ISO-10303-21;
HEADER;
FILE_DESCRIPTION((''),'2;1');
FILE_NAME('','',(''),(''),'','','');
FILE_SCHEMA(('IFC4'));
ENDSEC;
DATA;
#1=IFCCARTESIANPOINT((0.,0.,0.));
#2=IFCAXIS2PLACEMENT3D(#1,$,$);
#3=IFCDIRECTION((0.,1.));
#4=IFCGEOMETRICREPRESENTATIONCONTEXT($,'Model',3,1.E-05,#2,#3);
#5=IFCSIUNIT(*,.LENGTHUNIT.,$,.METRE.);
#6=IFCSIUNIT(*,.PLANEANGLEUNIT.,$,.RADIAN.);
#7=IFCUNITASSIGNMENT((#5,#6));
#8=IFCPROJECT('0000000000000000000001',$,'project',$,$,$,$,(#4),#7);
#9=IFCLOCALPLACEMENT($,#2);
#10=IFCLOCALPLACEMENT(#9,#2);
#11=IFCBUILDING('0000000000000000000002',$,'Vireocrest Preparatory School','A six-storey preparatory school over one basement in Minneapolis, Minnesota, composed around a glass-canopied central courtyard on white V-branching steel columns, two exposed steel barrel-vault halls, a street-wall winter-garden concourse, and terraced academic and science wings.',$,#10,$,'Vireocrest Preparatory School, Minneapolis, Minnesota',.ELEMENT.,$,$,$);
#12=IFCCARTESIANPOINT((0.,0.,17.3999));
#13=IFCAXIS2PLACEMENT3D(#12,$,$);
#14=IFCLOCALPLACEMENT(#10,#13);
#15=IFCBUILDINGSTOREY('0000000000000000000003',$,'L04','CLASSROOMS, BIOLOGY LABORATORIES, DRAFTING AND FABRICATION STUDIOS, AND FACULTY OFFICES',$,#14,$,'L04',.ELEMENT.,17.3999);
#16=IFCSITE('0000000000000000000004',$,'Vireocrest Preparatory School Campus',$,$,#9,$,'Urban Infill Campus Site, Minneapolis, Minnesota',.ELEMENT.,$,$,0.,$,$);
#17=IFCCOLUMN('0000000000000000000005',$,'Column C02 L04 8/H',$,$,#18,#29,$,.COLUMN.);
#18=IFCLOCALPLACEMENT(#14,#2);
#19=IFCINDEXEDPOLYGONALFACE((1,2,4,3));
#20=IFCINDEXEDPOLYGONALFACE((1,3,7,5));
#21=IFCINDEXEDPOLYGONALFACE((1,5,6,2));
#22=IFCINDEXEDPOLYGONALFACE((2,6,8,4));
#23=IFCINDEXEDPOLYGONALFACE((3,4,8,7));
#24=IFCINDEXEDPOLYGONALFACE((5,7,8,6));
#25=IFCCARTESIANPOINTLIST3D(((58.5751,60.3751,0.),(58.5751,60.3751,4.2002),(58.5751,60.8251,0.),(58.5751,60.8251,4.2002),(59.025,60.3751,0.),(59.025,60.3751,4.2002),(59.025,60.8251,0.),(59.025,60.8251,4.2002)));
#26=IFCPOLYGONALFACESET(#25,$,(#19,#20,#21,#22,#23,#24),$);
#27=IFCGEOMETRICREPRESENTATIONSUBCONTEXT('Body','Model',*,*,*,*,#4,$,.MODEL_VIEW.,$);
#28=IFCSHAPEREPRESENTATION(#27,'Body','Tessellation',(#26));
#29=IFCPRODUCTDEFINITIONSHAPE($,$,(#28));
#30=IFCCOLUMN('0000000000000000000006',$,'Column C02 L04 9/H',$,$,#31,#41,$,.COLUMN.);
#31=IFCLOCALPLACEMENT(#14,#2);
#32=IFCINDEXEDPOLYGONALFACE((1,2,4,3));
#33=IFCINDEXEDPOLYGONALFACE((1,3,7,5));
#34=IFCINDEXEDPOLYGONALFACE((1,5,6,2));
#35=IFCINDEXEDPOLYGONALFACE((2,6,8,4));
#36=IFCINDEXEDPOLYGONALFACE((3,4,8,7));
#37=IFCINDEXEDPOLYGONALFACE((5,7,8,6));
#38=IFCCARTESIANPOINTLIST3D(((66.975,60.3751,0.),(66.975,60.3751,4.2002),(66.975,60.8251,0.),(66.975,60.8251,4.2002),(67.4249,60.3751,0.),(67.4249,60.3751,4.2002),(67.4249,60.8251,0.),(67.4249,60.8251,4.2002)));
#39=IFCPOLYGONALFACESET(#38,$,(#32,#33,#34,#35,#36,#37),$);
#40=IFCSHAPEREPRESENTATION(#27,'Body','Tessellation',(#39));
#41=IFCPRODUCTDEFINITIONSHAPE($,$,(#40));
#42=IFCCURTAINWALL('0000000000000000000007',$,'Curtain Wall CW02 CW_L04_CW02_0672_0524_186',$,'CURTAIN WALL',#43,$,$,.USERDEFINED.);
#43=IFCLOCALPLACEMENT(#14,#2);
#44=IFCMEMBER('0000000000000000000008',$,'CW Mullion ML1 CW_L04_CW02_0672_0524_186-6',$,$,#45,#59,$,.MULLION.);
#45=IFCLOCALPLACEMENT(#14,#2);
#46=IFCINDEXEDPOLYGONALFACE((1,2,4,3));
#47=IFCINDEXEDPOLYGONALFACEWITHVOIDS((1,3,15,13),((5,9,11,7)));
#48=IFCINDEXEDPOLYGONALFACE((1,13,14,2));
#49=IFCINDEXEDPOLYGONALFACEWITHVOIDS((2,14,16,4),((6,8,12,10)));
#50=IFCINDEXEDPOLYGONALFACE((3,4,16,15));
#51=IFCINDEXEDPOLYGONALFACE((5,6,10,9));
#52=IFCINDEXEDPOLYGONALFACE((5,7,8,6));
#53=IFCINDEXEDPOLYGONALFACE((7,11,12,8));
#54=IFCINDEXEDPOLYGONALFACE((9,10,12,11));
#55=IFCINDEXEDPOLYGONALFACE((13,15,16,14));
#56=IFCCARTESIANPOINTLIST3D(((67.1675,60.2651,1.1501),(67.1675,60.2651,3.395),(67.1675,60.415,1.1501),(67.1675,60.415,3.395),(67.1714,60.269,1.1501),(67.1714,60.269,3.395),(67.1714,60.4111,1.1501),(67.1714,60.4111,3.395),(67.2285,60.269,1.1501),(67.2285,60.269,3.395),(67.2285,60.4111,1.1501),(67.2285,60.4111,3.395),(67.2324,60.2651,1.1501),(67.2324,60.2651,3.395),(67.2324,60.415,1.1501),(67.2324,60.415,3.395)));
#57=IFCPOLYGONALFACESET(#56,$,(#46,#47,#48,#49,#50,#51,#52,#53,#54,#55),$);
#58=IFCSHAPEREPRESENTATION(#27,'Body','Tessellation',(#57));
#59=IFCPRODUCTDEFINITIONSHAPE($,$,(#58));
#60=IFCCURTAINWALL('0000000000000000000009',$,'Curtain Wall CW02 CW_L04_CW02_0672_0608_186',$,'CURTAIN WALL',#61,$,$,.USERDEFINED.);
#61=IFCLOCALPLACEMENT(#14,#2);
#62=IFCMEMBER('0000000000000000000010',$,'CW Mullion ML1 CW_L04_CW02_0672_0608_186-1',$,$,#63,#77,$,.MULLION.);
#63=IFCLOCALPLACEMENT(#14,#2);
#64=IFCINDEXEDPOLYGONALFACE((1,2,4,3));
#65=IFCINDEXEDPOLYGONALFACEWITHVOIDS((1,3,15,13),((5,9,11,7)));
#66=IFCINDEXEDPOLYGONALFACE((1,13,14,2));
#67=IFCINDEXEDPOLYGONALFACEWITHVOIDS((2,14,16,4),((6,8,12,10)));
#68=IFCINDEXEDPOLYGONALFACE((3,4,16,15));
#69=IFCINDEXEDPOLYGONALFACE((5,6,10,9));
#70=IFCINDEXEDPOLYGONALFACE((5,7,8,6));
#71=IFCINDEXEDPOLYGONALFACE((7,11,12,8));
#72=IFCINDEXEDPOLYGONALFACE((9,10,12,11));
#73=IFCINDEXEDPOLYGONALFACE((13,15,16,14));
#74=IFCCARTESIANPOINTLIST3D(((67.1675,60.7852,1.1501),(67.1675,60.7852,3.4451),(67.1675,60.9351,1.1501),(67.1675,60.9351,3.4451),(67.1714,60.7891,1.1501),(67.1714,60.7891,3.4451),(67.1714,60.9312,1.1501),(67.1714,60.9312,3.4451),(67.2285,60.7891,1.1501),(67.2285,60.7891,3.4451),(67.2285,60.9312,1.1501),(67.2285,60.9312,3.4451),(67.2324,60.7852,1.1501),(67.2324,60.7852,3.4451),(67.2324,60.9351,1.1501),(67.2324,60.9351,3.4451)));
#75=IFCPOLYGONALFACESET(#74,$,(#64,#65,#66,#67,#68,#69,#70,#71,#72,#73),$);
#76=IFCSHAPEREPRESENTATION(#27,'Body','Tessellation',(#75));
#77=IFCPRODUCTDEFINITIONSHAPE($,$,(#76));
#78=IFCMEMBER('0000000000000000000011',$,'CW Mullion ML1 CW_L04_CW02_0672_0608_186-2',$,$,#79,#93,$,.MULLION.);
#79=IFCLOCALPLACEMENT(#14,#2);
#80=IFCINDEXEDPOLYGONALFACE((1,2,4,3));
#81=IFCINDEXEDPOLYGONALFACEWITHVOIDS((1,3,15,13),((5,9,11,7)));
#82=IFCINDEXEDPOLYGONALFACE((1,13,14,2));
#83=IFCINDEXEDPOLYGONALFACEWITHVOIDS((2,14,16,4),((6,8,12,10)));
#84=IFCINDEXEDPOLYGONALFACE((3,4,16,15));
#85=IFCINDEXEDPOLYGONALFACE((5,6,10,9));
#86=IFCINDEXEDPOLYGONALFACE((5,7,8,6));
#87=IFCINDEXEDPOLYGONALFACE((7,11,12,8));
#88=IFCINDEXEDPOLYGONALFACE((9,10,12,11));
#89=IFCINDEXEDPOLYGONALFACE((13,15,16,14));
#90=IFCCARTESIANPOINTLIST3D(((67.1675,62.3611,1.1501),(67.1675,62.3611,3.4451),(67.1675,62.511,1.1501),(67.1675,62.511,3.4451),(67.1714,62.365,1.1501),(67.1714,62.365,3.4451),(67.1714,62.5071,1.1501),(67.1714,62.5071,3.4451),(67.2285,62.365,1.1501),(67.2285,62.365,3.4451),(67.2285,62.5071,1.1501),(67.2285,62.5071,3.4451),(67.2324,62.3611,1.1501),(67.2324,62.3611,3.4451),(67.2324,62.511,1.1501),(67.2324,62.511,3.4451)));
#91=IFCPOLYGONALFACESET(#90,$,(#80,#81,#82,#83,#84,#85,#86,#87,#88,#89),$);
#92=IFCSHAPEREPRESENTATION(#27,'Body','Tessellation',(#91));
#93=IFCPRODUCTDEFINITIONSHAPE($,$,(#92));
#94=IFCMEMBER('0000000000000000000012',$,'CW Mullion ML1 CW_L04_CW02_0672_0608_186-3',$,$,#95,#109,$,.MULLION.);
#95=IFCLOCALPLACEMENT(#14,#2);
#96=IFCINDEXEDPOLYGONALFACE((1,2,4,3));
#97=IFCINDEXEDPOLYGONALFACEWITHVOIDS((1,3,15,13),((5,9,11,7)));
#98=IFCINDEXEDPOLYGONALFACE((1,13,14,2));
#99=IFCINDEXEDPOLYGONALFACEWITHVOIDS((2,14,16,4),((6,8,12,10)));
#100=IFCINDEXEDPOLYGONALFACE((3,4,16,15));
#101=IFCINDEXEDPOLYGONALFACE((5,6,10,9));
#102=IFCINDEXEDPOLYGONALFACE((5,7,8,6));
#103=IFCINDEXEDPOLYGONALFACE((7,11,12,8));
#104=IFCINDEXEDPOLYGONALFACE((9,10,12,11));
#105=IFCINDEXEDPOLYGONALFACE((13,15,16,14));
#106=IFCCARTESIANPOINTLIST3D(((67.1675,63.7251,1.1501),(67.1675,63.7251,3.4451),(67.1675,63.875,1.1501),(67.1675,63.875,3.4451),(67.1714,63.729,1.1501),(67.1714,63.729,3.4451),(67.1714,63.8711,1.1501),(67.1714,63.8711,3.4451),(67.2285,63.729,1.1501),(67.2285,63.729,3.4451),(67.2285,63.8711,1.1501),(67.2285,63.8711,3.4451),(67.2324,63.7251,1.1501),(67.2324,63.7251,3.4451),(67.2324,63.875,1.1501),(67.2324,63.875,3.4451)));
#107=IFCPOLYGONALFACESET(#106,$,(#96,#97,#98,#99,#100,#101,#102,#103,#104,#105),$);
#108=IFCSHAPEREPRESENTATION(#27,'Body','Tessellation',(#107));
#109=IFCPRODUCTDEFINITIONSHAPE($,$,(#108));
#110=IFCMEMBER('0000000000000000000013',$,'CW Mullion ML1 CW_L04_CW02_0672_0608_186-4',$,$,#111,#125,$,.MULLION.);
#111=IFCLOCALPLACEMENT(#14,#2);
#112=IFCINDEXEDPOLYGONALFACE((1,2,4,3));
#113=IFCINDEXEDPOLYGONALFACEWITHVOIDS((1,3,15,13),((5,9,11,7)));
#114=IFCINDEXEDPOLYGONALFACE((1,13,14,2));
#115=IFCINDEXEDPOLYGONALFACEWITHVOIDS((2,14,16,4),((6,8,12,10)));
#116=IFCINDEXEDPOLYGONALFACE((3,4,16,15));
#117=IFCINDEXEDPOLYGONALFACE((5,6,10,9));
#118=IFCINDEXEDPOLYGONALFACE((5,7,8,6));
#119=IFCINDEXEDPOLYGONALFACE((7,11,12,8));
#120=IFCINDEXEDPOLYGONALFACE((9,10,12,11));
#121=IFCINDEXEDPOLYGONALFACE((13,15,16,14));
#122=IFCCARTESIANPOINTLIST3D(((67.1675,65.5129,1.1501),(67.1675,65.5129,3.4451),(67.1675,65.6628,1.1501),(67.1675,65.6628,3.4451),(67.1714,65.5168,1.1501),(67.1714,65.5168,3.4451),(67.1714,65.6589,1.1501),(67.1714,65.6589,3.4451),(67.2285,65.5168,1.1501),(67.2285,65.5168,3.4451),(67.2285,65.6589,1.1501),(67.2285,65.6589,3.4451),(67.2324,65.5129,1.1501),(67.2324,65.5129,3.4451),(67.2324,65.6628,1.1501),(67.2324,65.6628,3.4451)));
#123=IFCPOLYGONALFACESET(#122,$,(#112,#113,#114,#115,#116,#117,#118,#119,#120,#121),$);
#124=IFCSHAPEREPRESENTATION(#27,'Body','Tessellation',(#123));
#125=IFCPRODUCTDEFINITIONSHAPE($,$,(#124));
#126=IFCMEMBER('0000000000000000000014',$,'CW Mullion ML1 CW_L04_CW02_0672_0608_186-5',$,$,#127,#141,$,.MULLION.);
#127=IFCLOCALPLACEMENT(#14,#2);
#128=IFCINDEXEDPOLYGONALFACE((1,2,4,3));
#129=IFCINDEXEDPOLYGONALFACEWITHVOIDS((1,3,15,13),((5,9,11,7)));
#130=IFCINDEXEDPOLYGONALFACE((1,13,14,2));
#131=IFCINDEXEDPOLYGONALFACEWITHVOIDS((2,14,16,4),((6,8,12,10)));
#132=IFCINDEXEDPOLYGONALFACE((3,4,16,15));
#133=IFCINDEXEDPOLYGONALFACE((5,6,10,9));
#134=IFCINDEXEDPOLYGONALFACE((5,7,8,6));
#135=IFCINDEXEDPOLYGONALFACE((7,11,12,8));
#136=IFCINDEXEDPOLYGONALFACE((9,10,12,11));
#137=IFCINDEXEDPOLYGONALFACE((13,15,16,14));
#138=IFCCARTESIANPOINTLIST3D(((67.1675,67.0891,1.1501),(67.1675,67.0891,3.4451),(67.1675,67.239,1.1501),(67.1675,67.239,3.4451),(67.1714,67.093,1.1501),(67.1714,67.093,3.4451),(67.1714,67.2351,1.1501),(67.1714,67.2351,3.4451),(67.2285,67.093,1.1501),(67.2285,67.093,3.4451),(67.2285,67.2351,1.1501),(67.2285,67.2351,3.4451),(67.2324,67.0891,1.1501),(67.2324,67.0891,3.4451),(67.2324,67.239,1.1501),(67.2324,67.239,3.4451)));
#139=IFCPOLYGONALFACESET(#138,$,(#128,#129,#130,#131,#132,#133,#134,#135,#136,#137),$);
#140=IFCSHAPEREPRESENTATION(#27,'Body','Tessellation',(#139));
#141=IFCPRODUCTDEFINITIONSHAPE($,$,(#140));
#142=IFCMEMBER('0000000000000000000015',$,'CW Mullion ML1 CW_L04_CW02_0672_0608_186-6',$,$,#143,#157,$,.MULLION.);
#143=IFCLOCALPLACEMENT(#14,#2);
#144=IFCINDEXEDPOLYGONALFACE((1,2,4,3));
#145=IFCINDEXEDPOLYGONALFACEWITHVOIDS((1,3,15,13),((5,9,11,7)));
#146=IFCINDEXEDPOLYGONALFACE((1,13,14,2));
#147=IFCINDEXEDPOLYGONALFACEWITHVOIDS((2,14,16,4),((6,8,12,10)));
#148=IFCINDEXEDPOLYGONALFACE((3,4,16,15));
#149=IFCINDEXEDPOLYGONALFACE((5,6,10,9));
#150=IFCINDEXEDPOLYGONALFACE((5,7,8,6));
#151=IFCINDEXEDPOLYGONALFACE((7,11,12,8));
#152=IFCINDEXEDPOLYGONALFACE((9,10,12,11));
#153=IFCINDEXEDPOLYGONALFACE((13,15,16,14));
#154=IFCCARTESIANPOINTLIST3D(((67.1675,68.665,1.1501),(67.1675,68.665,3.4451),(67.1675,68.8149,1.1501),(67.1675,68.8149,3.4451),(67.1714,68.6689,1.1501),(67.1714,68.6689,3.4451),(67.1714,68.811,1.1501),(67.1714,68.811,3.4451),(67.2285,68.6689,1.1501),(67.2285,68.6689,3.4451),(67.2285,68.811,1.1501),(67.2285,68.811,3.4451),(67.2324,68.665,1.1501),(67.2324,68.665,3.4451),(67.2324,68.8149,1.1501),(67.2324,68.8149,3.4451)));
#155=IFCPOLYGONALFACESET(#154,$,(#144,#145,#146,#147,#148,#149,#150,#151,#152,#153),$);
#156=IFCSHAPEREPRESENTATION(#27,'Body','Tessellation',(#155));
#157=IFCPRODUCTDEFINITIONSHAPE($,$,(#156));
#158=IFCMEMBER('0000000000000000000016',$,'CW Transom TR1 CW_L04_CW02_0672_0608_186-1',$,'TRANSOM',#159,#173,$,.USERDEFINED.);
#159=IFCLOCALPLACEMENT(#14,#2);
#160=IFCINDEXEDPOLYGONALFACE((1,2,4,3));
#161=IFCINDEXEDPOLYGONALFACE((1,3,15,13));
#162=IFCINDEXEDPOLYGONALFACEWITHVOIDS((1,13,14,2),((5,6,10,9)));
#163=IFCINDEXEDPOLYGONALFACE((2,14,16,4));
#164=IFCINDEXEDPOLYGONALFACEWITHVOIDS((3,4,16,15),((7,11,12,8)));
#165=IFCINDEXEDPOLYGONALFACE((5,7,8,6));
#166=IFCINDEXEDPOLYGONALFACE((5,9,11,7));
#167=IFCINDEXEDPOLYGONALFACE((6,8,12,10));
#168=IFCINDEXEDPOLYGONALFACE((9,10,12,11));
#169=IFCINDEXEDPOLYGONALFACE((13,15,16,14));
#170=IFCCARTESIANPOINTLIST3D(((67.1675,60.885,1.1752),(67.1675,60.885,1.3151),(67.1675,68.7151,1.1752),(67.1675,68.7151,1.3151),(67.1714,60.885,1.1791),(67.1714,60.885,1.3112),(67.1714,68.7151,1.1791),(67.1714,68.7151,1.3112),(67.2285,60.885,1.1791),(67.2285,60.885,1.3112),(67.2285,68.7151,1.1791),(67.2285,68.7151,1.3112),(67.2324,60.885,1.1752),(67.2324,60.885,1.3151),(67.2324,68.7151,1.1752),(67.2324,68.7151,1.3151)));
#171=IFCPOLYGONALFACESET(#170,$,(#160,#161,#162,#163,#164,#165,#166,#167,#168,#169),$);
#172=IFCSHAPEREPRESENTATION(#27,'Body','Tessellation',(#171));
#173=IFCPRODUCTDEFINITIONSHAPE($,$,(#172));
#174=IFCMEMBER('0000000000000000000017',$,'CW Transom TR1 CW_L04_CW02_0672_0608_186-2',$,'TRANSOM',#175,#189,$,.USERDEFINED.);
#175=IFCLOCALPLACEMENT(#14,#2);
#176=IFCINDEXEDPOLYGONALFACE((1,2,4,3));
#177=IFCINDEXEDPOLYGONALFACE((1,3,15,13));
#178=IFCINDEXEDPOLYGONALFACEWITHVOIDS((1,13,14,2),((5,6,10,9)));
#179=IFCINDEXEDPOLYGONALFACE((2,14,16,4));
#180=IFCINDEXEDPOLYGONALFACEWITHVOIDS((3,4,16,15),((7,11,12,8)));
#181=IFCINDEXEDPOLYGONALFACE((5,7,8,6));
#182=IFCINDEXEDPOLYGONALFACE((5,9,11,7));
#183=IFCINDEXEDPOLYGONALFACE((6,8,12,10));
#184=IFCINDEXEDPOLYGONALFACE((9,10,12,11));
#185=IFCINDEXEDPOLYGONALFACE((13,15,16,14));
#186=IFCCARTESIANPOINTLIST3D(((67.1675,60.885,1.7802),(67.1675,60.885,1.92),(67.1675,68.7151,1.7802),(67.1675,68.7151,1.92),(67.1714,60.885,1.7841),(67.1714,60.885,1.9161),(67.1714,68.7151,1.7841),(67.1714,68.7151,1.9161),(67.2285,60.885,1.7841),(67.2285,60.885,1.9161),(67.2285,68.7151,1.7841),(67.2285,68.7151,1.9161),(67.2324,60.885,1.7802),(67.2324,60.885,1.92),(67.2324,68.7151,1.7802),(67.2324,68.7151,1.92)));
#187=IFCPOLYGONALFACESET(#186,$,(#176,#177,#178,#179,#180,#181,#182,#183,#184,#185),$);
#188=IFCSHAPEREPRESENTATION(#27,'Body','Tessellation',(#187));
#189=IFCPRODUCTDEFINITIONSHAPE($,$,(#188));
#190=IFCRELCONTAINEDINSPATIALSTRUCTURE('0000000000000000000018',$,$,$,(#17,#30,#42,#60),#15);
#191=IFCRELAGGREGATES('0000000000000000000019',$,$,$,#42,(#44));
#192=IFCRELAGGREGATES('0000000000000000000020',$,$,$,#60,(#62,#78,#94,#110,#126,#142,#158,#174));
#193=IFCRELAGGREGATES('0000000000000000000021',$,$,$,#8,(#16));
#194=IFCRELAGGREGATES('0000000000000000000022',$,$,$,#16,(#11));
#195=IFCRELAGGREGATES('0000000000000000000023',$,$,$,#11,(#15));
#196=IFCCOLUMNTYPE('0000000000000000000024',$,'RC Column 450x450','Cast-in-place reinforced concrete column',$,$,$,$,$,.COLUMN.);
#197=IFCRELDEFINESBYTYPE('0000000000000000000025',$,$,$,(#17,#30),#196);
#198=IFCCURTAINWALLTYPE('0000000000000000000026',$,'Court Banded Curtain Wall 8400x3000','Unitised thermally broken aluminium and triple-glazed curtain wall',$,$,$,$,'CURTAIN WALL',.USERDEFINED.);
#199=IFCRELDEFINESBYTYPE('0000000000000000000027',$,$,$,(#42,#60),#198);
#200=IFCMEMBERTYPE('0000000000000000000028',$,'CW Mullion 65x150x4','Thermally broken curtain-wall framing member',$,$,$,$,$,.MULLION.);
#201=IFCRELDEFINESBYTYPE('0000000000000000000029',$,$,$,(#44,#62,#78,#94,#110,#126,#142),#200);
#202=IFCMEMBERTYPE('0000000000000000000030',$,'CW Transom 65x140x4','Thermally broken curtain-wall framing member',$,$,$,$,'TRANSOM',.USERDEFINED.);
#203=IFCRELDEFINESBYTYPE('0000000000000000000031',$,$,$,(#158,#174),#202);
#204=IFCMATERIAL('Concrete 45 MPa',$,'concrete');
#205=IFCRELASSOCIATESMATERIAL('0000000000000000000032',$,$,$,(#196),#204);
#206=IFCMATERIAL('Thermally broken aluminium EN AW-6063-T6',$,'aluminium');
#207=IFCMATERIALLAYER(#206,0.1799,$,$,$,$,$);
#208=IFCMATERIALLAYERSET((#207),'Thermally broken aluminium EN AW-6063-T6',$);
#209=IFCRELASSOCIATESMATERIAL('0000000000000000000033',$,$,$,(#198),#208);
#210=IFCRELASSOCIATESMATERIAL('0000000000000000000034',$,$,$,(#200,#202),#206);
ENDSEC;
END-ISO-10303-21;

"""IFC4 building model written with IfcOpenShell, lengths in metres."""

from ifc_helpers import new_model, si_unit, direction, frame, origin, origin_2d, place, context, subcontext, project, spatial, rectangle, hollow_rectangle, extrude, material, layer, layer_set, material_profile, profile_set, type_object, element, aggregate, save


model = new_model("IFC4")

# Units and contexts
model_context = context("Model", 3, precision=1e-05, world=origin(), true_north=direction((0.0, 1.0)))
body_context = subcontext(model_context, "Body", "Model", "MODEL_VIEW")
ifc_project = project(units=[si_unit("LENGTHUNIT", "METRE"), si_unit("PLANEANGLEUNIT", "RADIAN")], contexts=[model_context])

# Site, building, storey
site_placement = place(None, origin())
site = spatial("IfcSite", under=ifc_project, at=site_placement, Name="Vireocrest Preparatory School Campus", LongName="Urban Infill Campus Site, Minneapolis, Minnesota", CompositionType="ELEMENT", RefElevation=0.0)
building_placement = place(site_placement, origin())
building = spatial("IfcBuilding", under=site, at=building_placement, Name="Vireocrest Preparatory School", Description="A six-storey preparatory school over one basement in Minneapolis, Minnesota, composed around a glass-canopied central courtyard on white V-branching steel columns, two exposed steel barrel-vault halls, a street-wall winter-garden concourse, and terraced academic and science wings.", LongName="Vireocrest Preparatory School, Minneapolis, Minnesota", CompositionType="ELEMENT")
storey_placement = place(building_placement, frame((0.0, 0.0, 17.3999)))
storey = spatial("IfcBuildingStorey", under=building, at=storey_placement, Name="L04", Description="CLASSROOMS, BIOLOGY LABORATORIES, DRAFTING AND FABRICATION STUDIOS, AND FACULTY OFFICES", LongName="L04", CompositionType="ELEMENT", Elevation=17.3999)

# Columns
ifc_material_1 = material(Name="Concrete 45 MPa", Category="concrete")
ifc_material_profile_1 = material_profile(ifc_material_1, rectangle(XDim=0.45, YDim=0.45, at=origin_2d()), Name="RC 450x450")
ifc_profile_set_1 = profile_set([ifc_material_profile_1], Name="Concrete 45 MPa")
column_type = type_object("IfcColumnType", Name="RC Column 450x450", Description="Cast-in-place reinforced concrete column", PredefinedType="COLUMN", material=ifc_profile_set_1)
for number, where, z_axis, x_axis, name in (
    (1, (58.8, 60.6001, 0.0), (0.0, 0.0, 1.0), (1.0, 0.0, 0.0), "Column C02 L04 8/H"),
    (2, (67.2, 60.6001, 0.0), (0.0, 0.0, 1.0), (1.0, 0.0, 0.0), "Column C02 L04 9/H"),
):
    element("IfcColumn", number, at=place(storey_placement, frame(where, z_axis=z_axis, x_axis=x_axis)), inside=storey, type_object=column_type, Name=name, PredefinedType="COLUMN", context=body_context, shape_type="SweptSolid", body=[
        extrude(rectangle(XDim=0.45, YDim=0.45, at=origin_2d()), origin(), (0.0, 0.0, 1.0), 4.2002),
    ])

# Curtain wall, member
ifc_material_2 = material(Name="Thermally broken aluminium EN AW-6063-T6", Category="aluminium")
ifc_layer_1 = layer(ifc_material_2, 0.1799)
ifc_layer_set_1 = layer_set([ifc_layer_1], Name="Thermally broken aluminium EN AW-6063-T6")
curtain_wall_type = type_object("IfcCurtainWallType", Name="Court Banded Curtain Wall 8400x3000", Description="Unitised thermally broken aluminium and triple-glazed curtain wall", ElementType="CURTAIN WALL", PredefinedType="USERDEFINED", material=ifc_layer_set_1)
curtain_wall_1_placement = place(storey_placement, origin())
curtain_wall_1 = element("IfcCurtainWall", 3, at=curtain_wall_1_placement, inside=storey, type_object=curtain_wall_type, Name="Curtain Wall CW02 CW_L04_CW02_0672_0524_186", ObjectType="CURTAIN WALL", PredefinedType="USERDEFINED")
ifc_material_profile_2 = material_profile(ifc_material_2, hollow_rectangle(XDim=0.0649, YDim=0.1499, WallThickness=0.0039, at=origin_2d()), Name="ALU 65x150x4")
ifc_profile_set_2 = profile_set([ifc_material_profile_2], Name="Thermally broken aluminium EN AW-6063-T6")
member_type_1 = type_object("IfcMemberType", Name="CW Mullion 65x150x4", Description="Thermally broken curtain-wall framing member", PredefinedType="MULLION", material=ifc_profile_set_2)
member_1_placement = place(storey_placement, frame((67.2, 60.3401, 1.1501), z_axis=(0.0, 0.0, 1.0), x_axis=(1.0, 0.0, 0.0)))
member_1 = element("IfcMember", 4, at=member_1_placement, type_object=member_type_1, Name="CW Mullion ML1 CW_L04_CW02_0672_0524_186-6", PredefinedType="MULLION", context=body_context, shape_type="SweptSolid", body=[
    extrude(hollow_rectangle(XDim=0.0649, YDim=0.1499, WallThickness=0.0039, at=origin_2d()), origin(), (0.0, 0.0, 1.0), 2.2449),
])

# Curtain wall, members
curtain_wall_2_placement = place(storey_placement, origin())
curtain_wall_2 = element("IfcCurtainWall", 5, at=curtain_wall_2_placement, inside=storey, type_object=curtain_wall_type, Name="Curtain Wall CW02 CW_L04_CW02_0672_0608_186", ObjectType="CURTAIN WALL", PredefinedType="USERDEFINED")
member_2_placement = place(storey_placement, frame((67.2, 60.8601, 1.1501), z_axis=(0.0, 0.0, 1.0), x_axis=(1.0, 0.0, 0.0)))
member_2 = element("IfcMember", 6, at=member_2_placement, type_object=member_type_1, Name="CW Mullion ML1 CW_L04_CW02_0672_0608_186-1", PredefinedType="MULLION", context=body_context, shape_type="SweptSolid", body=[
    extrude(hollow_rectangle(XDim=0.0649, YDim=0.1499, WallThickness=0.0039, at=origin_2d()), origin(), (0.0, 0.0, 1.0), 2.2949),
])
member_3_placement = place(storey_placement, frame((67.2, 62.436, 1.1501), z_axis=(0.0, 0.0, 1.0), x_axis=(1.0, 0.0, 0.0)))
member_3 = element("IfcMember", 7, at=member_3_placement, type_object=member_type_1, Name="CW Mullion ML1 CW_L04_CW02_0672_0608_186-2", PredefinedType="MULLION", context=body_context, shape_type="SweptSolid", body=[
    extrude(hollow_rectangle(XDim=0.0649, YDim=0.1499, WallThickness=0.0039, at=origin_2d()), origin(), (0.0, 0.0, 1.0), 2.2949),
])
member_4_placement = place(storey_placement, frame((67.2, 63.8, 1.1501), z_axis=(0.0, 0.0, 1.0), x_axis=(1.0, 0.0, 0.0)))
member_4 = element("IfcMember", 8, at=member_4_placement, type_object=member_type_1, Name="CW Mullion ML1 CW_L04_CW02_0672_0608_186-3", PredefinedType="MULLION", context=body_context, shape_type="SweptSolid", body=[
    extrude(hollow_rectangle(XDim=0.0649, YDim=0.1499, WallThickness=0.0039, at=origin_2d()), origin(), (0.0, 0.0, 1.0), 2.2949),
])
member_5_placement = place(storey_placement, frame((67.2, 65.5879, 1.1501), z_axis=(0.0, 0.0, 1.0), x_axis=(1.0, 0.0, 0.0)))
member_5 = element("IfcMember", 9, at=member_5_placement, type_object=member_type_1, Name="CW Mullion ML1 CW_L04_CW02_0672_0608_186-4", PredefinedType="MULLION", context=body_context, shape_type="SweptSolid", body=[
    extrude(hollow_rectangle(XDim=0.0649, YDim=0.1499, WallThickness=0.0039, at=origin_2d()), origin(), (0.0, 0.0, 1.0), 2.2949),
])
member_6_placement = place(storey_placement, frame((67.2, 67.1641, 1.1501), z_axis=(0.0, 0.0, 1.0), x_axis=(1.0, 0.0, 0.0)))
member_6 = element("IfcMember", 10, at=member_6_placement, type_object=member_type_1, Name="CW Mullion ML1 CW_L04_CW02_0672_0608_186-5", PredefinedType="MULLION", context=body_context, shape_type="SweptSolid", body=[
    extrude(hollow_rectangle(XDim=0.0649, YDim=0.1499, WallThickness=0.0039, at=origin_2d()), origin(), (0.0, 0.0, 1.0), 2.2949),
])
member_7_placement = place(storey_placement, frame((67.2, 68.74, 1.1501), z_axis=(0.0, 0.0, 1.0), x_axis=(1.0, 0.0, 0.0)))
member_7 = element("IfcMember", 11, at=member_7_placement, type_object=member_type_1, Name="CW Mullion ML1 CW_L04_CW02_0672_0608_186-6", PredefinedType="MULLION", context=body_context, shape_type="SweptSolid", body=[
    extrude(hollow_rectangle(XDim=0.0649, YDim=0.1499, WallThickness=0.0039, at=origin_2d()), origin(), (0.0, 0.0, 1.0), 2.2949),
])
ifc_material_profile_3 = material_profile(ifc_material_2, hollow_rectangle(XDim=0.0649, YDim=0.1399, WallThickness=0.0039, at=origin_2d()), Name="ALU 65x140x4")
ifc_profile_set_3 = profile_set([ifc_material_profile_3], Name="Thermally broken aluminium EN AW-6063-T6")
member_type_2 = type_object("IfcMemberType", Name="CW Transom 65x140x4", Description="Thermally broken curtain-wall framing member", ElementType="TRANSOM", PredefinedType="USERDEFINED", material=ifc_profile_set_3)
member_8_placement = place(storey_placement, frame((67.2, 60.885, 1.2451), z_axis=(0.0, 1.0, 0.0), x_axis=(-1.0, 0.0, 0.0)))
member_8 = element("IfcMember", 12, at=member_8_placement, type_object=member_type_2, Name="CW Transom TR1 CW_L04_CW02_0672_0608_186-1", ObjectType="TRANSOM", PredefinedType="USERDEFINED", context=body_context, shape_type="SweptSolid", body=[
    extrude(hollow_rectangle(XDim=0.0649, YDim=0.1399, WallThickness=0.0039, at=origin_2d()), origin(), (0.0, 0.0, 1.0), 7.8301),
])
member_9_placement = place(storey_placement, frame((67.2, 60.885, 1.8501), z_axis=(0.0, 1.0, 0.0), x_axis=(-1.0, 0.0, 0.0)))
member_9 = element("IfcMember", 13, at=member_9_placement, type_object=member_type_2, Name="CW Transom TR1 CW_L04_CW02_0672_0608_186-2", ObjectType="TRANSOM", PredefinedType="USERDEFINED", context=body_context, shape_type="SweptSolid", body=[
    extrude(hollow_rectangle(XDim=0.0649, YDim=0.1399, WallThickness=0.0039, at=origin_2d()), origin(), (0.0, 0.0, 1.0), 7.8301),
])

aggregate(curtain_wall_1, [member_1])
aggregate(curtain_wall_2, [member_2, member_3, member_4, member_5, member_6, member_7, member_8, member_9])

save(model, "model.ifc")
